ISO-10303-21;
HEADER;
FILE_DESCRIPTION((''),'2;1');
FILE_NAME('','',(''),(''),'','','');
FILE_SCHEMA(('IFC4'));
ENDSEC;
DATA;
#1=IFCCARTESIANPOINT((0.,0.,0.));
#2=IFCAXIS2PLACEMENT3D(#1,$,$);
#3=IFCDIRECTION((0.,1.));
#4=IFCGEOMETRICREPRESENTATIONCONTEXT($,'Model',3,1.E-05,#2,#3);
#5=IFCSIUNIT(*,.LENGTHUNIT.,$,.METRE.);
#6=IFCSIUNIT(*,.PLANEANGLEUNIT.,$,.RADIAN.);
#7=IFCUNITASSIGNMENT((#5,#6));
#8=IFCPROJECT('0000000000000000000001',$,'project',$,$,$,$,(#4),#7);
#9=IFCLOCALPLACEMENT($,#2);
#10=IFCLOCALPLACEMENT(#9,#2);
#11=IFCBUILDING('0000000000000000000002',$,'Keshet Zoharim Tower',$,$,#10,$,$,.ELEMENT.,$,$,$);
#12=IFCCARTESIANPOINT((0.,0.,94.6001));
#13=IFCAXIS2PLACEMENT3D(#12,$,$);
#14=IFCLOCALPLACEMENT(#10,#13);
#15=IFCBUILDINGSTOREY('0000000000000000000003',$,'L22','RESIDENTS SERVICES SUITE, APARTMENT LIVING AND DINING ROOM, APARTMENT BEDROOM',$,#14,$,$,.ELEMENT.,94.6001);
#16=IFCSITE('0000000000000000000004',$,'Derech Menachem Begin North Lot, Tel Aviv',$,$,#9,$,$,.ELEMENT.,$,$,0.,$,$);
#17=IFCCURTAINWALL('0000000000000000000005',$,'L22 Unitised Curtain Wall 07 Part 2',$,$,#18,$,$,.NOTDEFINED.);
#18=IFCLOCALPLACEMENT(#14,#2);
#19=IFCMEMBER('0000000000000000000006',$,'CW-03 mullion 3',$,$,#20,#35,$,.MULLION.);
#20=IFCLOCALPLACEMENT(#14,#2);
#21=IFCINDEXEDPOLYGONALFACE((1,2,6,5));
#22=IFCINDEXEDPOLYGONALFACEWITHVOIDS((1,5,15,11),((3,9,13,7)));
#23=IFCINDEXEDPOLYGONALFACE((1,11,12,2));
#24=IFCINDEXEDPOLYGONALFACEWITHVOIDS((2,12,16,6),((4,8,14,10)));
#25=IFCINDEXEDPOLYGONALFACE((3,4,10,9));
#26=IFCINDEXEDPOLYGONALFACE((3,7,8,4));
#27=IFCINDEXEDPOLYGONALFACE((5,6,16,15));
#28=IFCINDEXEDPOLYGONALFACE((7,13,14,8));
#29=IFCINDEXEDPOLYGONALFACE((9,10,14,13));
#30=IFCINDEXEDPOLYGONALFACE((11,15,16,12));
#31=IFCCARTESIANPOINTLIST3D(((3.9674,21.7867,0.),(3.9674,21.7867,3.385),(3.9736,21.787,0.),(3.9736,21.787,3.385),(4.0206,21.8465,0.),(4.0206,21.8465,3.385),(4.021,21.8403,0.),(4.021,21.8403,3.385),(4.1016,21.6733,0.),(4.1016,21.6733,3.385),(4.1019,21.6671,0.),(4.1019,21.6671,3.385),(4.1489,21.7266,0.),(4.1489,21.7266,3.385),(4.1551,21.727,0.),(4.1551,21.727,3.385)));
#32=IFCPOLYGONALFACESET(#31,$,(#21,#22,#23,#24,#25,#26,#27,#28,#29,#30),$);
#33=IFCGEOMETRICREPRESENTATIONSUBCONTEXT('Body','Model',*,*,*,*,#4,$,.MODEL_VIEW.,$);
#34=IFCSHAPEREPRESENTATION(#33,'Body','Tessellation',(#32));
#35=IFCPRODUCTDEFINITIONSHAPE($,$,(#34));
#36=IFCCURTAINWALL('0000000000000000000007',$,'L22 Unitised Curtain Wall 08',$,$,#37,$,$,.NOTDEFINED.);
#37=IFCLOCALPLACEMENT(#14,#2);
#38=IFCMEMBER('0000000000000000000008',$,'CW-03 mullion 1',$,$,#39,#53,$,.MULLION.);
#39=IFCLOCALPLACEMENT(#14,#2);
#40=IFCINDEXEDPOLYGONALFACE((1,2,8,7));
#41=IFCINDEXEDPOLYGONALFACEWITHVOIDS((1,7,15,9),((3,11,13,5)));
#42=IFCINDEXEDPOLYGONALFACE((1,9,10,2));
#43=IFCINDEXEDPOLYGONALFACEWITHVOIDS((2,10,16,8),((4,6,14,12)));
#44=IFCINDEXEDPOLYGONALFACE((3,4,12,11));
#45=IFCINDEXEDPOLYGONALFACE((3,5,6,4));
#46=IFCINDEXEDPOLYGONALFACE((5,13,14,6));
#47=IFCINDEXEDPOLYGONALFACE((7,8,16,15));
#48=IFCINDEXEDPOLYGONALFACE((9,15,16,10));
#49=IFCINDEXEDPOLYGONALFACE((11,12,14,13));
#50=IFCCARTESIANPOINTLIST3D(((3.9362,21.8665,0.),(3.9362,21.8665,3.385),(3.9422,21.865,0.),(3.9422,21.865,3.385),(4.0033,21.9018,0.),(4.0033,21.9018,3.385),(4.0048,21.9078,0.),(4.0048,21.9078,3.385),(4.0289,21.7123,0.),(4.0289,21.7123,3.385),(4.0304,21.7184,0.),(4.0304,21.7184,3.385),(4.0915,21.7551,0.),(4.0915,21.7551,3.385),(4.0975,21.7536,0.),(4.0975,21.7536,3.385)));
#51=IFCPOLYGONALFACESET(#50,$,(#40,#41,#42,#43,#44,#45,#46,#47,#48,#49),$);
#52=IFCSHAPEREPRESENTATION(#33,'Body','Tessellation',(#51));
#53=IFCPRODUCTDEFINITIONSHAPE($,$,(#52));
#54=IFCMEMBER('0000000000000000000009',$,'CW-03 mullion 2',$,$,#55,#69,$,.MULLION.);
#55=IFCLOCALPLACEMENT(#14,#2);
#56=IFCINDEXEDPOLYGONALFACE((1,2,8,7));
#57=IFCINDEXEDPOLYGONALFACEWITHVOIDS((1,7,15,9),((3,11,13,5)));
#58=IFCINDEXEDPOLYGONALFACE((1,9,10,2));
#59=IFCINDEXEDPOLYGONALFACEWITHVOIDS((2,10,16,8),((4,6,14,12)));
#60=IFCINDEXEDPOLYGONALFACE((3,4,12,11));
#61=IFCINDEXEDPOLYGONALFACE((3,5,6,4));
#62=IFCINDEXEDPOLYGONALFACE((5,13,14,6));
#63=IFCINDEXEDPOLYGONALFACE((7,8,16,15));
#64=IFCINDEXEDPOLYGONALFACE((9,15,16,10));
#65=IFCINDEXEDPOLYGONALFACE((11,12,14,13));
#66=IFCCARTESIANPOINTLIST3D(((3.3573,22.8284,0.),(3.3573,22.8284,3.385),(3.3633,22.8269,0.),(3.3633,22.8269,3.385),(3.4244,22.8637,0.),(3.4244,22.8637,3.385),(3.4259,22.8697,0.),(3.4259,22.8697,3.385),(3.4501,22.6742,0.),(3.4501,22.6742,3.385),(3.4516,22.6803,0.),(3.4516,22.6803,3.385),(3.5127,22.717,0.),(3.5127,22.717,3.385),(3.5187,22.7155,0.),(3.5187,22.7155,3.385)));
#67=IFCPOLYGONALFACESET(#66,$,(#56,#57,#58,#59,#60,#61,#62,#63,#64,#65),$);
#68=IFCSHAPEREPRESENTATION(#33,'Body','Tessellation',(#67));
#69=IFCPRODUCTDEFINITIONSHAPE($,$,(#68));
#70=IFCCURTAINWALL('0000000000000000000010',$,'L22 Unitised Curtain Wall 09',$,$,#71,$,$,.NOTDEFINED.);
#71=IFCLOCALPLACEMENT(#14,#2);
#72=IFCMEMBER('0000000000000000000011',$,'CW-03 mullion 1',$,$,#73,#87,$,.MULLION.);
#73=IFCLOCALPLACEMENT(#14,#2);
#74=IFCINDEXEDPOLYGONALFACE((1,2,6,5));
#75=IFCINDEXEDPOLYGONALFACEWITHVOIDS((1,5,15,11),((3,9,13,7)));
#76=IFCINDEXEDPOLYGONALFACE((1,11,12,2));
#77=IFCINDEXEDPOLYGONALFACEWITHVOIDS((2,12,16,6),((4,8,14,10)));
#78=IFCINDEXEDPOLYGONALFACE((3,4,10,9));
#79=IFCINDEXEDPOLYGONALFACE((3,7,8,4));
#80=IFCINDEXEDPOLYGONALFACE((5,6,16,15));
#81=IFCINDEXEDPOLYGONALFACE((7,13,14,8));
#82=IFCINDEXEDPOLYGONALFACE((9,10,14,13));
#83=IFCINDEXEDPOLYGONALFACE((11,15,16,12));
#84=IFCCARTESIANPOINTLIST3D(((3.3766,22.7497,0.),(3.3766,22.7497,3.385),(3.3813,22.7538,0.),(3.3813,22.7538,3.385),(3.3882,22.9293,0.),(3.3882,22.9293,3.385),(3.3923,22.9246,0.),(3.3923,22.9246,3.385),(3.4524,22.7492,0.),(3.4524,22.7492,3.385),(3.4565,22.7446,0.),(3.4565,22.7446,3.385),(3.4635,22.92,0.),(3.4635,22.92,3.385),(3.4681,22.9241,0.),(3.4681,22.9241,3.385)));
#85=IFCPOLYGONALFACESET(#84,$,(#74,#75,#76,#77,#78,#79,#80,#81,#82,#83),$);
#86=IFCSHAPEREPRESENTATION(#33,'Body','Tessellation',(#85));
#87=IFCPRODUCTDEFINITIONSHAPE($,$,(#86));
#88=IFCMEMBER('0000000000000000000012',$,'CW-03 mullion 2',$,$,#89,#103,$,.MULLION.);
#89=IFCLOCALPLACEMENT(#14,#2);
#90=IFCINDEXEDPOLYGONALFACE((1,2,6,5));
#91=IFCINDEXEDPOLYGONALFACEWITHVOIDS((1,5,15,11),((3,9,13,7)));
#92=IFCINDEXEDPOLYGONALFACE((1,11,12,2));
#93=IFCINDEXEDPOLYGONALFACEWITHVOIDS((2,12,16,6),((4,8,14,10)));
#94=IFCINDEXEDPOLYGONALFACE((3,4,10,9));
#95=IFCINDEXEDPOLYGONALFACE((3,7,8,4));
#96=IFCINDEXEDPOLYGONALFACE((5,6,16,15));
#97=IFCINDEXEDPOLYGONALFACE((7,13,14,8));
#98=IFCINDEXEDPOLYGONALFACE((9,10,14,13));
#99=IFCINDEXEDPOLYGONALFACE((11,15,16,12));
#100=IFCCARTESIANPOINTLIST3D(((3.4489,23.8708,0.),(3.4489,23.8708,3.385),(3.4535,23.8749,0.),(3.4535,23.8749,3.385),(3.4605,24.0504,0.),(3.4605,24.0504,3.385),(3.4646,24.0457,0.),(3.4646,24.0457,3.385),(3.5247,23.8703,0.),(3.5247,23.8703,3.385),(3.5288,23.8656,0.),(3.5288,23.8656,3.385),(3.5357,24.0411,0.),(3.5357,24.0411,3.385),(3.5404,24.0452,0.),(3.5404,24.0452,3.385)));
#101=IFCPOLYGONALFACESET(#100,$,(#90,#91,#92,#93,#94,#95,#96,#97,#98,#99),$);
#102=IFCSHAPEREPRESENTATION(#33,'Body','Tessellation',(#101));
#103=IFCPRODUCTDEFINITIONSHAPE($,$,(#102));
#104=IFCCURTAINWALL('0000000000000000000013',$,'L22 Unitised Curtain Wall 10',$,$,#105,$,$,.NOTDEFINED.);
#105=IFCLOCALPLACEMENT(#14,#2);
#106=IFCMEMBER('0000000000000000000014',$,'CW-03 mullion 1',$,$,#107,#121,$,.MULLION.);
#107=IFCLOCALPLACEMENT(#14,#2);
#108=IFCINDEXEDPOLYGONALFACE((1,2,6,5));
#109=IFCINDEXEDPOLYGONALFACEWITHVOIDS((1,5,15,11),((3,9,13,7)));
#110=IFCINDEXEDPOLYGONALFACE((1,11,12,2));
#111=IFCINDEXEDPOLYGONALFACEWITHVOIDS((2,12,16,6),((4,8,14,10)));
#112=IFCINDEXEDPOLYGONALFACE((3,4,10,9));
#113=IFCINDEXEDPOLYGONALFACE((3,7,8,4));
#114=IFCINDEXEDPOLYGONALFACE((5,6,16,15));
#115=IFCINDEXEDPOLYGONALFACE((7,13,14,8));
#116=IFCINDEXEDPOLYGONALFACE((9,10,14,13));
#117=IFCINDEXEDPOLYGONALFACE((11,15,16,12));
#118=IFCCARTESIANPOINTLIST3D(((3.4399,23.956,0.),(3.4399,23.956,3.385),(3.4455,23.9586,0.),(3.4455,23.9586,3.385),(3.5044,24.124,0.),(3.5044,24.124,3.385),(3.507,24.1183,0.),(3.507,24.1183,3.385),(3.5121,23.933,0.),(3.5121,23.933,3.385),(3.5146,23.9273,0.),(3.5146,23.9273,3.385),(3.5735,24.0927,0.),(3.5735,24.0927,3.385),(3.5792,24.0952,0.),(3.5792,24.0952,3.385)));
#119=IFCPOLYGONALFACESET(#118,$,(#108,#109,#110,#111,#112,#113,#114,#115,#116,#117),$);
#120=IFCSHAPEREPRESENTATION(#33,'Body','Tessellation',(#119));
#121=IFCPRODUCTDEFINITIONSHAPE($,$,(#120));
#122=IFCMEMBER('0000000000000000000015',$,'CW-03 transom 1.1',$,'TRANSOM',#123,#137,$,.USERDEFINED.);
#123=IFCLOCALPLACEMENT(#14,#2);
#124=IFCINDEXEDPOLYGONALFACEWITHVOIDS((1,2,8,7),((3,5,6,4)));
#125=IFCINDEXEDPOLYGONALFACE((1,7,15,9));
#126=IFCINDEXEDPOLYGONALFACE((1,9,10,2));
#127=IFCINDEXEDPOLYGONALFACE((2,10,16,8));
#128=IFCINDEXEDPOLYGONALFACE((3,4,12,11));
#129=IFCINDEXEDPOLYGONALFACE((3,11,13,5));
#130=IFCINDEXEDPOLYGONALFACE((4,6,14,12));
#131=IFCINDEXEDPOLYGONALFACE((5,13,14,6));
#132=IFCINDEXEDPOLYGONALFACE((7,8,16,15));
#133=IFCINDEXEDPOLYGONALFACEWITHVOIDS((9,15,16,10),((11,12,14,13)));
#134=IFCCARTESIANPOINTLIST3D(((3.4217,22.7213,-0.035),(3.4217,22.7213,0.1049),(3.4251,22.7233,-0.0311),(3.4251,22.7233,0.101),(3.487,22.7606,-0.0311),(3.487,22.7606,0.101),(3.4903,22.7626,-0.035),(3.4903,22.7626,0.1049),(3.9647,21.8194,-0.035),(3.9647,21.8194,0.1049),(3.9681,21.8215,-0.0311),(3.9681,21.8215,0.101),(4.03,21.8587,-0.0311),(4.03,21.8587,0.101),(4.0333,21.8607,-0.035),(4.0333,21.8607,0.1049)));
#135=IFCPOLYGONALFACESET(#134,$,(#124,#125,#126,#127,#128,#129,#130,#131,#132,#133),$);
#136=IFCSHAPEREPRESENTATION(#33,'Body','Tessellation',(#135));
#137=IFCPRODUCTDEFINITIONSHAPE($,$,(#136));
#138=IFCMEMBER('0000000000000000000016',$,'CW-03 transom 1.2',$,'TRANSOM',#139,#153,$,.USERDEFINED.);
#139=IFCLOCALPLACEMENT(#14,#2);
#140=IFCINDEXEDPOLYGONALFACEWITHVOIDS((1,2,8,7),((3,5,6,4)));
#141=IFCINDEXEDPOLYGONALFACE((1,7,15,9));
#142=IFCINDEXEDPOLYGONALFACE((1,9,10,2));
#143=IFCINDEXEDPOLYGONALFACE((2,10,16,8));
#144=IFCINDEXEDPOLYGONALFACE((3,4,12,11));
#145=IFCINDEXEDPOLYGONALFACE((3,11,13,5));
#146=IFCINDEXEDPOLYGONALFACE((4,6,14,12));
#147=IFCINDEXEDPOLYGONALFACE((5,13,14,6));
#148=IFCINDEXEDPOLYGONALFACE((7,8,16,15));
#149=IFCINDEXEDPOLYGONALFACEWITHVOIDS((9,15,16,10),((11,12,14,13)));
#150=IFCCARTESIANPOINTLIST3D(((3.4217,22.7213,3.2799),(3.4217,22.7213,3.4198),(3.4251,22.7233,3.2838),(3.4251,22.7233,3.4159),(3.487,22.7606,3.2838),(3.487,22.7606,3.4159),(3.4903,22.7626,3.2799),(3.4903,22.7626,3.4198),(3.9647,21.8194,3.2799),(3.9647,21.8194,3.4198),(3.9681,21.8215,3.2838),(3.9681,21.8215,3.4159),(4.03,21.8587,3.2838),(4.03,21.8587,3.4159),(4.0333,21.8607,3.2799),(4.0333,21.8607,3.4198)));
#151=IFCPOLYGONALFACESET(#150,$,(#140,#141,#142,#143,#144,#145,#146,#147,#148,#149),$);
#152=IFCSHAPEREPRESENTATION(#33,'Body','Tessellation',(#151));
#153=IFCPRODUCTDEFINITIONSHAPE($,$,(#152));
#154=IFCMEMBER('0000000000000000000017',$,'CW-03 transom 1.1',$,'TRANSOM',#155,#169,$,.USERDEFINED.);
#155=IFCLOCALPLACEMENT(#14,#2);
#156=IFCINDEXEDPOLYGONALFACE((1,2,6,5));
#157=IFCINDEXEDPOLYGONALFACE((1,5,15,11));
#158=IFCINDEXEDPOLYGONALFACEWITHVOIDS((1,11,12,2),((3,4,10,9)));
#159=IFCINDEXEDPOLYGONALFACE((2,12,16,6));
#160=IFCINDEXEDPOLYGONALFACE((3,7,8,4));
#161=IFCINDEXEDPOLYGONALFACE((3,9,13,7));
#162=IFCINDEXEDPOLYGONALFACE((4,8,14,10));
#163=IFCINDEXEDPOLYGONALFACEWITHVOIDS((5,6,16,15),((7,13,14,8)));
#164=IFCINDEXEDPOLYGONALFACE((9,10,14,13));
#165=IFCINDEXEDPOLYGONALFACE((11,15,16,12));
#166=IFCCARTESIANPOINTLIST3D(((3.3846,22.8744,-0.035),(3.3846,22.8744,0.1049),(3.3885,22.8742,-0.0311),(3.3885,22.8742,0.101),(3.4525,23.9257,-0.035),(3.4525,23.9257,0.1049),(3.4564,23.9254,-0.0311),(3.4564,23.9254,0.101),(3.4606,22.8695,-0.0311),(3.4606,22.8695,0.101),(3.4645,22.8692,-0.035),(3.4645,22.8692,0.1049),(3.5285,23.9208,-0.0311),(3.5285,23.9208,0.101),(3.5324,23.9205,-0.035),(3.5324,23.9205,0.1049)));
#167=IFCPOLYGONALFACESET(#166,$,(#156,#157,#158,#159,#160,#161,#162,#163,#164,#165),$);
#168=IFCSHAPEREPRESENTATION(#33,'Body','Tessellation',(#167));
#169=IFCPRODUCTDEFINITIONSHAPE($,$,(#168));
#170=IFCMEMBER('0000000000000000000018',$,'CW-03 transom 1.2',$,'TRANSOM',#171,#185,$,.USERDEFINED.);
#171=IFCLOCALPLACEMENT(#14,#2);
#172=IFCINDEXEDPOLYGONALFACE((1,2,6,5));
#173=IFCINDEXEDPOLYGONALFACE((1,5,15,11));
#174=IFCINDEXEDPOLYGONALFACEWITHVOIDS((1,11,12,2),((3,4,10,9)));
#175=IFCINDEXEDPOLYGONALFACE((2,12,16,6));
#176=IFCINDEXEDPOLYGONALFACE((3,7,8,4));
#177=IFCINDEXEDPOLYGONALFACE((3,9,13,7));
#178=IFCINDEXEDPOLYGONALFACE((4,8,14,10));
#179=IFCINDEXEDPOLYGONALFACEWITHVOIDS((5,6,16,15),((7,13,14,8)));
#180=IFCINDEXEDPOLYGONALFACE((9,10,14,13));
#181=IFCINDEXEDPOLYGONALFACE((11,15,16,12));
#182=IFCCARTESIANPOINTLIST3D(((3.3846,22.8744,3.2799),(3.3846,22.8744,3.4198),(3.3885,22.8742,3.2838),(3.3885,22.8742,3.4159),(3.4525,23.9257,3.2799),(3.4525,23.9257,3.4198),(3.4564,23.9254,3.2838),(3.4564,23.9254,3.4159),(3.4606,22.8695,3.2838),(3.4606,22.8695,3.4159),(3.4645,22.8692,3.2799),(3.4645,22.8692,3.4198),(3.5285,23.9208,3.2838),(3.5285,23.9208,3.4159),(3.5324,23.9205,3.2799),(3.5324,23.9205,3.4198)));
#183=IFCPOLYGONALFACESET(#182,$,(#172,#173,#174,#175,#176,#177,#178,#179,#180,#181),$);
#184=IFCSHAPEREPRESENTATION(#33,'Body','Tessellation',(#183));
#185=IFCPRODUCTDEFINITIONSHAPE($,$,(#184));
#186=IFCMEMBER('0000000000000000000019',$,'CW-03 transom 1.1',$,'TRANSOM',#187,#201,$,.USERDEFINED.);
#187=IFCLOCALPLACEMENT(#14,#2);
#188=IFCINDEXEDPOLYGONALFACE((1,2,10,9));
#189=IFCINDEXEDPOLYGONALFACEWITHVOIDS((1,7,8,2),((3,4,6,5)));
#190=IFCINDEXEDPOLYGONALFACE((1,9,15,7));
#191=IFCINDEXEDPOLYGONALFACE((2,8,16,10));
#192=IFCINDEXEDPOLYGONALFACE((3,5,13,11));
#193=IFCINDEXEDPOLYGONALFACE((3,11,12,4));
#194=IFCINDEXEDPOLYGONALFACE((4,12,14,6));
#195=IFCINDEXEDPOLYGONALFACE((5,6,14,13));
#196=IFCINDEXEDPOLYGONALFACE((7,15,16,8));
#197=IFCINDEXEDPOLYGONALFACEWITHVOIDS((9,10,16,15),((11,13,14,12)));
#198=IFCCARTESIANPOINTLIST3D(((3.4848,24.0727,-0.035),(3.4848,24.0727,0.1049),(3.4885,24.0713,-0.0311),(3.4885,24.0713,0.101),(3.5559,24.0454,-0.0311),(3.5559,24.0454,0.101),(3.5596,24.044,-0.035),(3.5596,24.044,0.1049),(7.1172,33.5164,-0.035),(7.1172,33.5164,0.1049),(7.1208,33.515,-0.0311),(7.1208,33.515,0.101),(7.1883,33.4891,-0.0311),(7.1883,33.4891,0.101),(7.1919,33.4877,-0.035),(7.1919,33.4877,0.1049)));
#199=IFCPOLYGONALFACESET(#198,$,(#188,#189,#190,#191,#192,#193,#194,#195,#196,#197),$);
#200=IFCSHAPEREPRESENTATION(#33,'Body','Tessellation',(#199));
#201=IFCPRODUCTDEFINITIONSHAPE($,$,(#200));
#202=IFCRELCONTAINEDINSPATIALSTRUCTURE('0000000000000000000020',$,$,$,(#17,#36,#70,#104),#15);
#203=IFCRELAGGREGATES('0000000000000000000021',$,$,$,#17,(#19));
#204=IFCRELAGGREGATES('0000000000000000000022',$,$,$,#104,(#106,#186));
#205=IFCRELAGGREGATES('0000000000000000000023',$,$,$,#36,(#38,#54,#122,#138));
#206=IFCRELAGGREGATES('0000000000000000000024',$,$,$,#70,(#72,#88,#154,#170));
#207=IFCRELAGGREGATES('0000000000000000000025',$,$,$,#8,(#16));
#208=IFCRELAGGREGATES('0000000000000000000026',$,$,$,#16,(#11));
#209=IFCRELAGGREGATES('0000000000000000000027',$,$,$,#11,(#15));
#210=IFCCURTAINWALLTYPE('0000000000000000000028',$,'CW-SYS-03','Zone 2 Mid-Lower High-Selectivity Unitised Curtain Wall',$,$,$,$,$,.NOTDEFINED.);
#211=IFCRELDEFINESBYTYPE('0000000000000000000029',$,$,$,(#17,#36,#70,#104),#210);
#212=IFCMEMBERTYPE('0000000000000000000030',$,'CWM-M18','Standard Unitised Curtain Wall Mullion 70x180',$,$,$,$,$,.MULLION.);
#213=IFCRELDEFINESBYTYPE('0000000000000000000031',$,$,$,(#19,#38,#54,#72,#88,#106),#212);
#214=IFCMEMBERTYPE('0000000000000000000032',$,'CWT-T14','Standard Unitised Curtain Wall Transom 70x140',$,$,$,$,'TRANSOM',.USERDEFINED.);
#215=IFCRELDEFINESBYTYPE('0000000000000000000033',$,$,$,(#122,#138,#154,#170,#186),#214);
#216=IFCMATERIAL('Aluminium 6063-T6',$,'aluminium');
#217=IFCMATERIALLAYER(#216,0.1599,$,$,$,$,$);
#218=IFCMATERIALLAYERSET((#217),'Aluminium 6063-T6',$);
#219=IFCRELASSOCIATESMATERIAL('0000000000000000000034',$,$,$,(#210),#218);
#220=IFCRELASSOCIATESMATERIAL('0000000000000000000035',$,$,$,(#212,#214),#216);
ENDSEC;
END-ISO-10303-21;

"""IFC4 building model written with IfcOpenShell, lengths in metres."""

from ifc_helpers import new_model, si_unit, direction, frame, origin, origin_2d, place, context, subcontext, project, spatial, hollow_rectangle, extrude, material, layer, layer_set, material_profile, profile_set, type_object, element, aggregate, save


model = new_model("IFC4")

# Units and contexts
model_context = context("Model", 3, precision=1e-05, world=origin(), true_north=direction((0.0, 1.0)))
body_context = subcontext(model_context, "Body", "Model", "MODEL_VIEW")
ifc_project = project(units=[si_unit("LENGTHUNIT", "METRE"), si_unit("PLANEANGLEUNIT", "RADIAN")], contexts=[model_context])

# Site, building, storey
site_placement = place(None, origin())
site = spatial("IfcSite", under=ifc_project, at=site_placement, Name="Derech Menachem Begin North Lot, Tel Aviv", CompositionType="ELEMENT", RefElevation=0.0)
building_placement = place(site_placement, origin())
building = spatial("IfcBuilding", under=site, at=building_placement, Name="Keshet Zoharim Tower", CompositionType="ELEMENT")
storey_placement = place(building_placement, frame((0.0, 0.0, 94.6001)))
storey = spatial("IfcBuildingStorey", under=building, at=storey_placement, Name="L22", Description="RESIDENTS SERVICES SUITE, APARTMENT LIVING AND DINING ROOM, APARTMENT BEDROOM", CompositionType="ELEMENT", Elevation=94.6001)

# Curtain wall, member
ifc_material_1 = material(Name="Aluminium 6063-T6", Category="aluminium")
ifc_layer_1 = layer(ifc_material_1, 0.1599)
ifc_layer_set_1 = layer_set([ifc_layer_1], Name="Aluminium 6063-T6")
curtain_wall_type = type_object("IfcCurtainWallType", Name="CW-SYS-03", Description="Zone 2 Mid-Lower High-Selectivity Unitised Curtain Wall", PredefinedType="NOTDEFINED", material=ifc_layer_set_1)
curtain_wall_1_placement = place(storey_placement, origin())
curtain_wall_1 = element("IfcCurtainWall", 1, at=curtain_wall_1_placement, inside=storey, type_object=curtain_wall_type, Name="L22 Unitised Curtain Wall 07 Part 2", PredefinedType="NOTDEFINED")
ifc_material_profile_1 = material_profile(ifc_material_1, hollow_rectangle(XDim=0.0801, YDim=0.1799, WallThickness=0.0044, at=origin_2d()), Name="MUL-80x180")
ifc_profile_set_1 = profile_set([ifc_material_profile_1], Name="Aluminium 6063-T6")
member_type_1 = type_object("IfcMemberType", Name="CWM-M18", Description="Standard Unitised Curtain Wall Mullion 70x180", PredefinedType="MULLION", material=ifc_profile_set_1)
member_1_placement = place(storey_placement, frame((4.0613, 21.7568, 0.0), z_axis=(0.0, 0.0, 1.0), x_axis=(-0.664364, -0.747409, 0.0)))
member_1 = element("IfcMember", 2, at=member_1_placement, type_object=member_type_1, Name="CW-03 mullion 3", PredefinedType="MULLION", context=body_context, shape_type="SweptSolid", body=[
    extrude(hollow_rectangle(XDim=0.0801, YDim=0.1799, WallThickness=0.0044, at=origin_2d()), origin(), (0.0, 0.0, 1.0), 3.385),
])
aggregate(curtain_wall_1, [member_1])

# Curtain walls, members
curtain_wall_2_placement = place(storey_placement, origin())
curtain_wall_2 = element("IfcCurtainWall", 3, at=curtain_wall_2_placement, inside=storey, type_object=curtain_wall_type, Name="L22 Unitised Curtain Wall 08", PredefinedType="NOTDEFINED")
member_2_placement = place(storey_placement, frame((4.0168, 21.8101, 0.0), z_axis=(0.0, 0.0, 1.0), x_axis=(-0.856826, -0.515605, 0.0)))
member_2 = element("IfcMember", 4, at=member_2_placement, type_object=member_type_1, Name="CW-03 mullion 1", PredefinedType="MULLION", context=body_context, shape_type="SweptSolid", body=[
    extrude(hollow_rectangle(XDim=0.0801, YDim=0.1799, WallThickness=0.0044, at=origin_2d()), origin(), (0.0, 0.0, 1.0), 3.385),
])
member_3_placement = place(storey_placement, frame((3.438, 22.772, 0.0), z_axis=(0.0, 0.0, 1.0), x_axis=(-0.856826, -0.515605, 0.0)))
member_3 = element("IfcMember", 5, at=member_3_placement, type_object=member_type_1, Name="CW-03 mullion 2", PredefinedType="MULLION", context=body_context, shape_type="SweptSolid", body=[
    extrude(hollow_rectangle(XDim=0.0801, YDim=0.1799, WallThickness=0.0044, at=origin_2d()), origin(), (0.0, 0.0, 1.0), 3.385),
])
curtain_wall_3_placement = place(storey_placement, origin())
curtain_wall_3 = element("IfcCurtainWall", 6, at=curtain_wall_3_placement, inside=storey, type_object=curtain_wall_type, Name="L22 Unitised Curtain Wall 09", PredefinedType="NOTDEFINED")
member_4_placement = place(storey_placement, frame((3.4224, 22.8369, 0.0), z_axis=(0.0, 0.0, 1.0), x_axis=(-0.997917, 0.064517, 0.0)))
member_4 = element("IfcMember", 7, at=member_4_placement, type_object=member_type_1, Name="CW-03 mullion 1", PredefinedType="MULLION", context=body_context, shape_type="SweptSolid", body=[
    extrude(hollow_rectangle(XDim=0.0801, YDim=0.1799, WallThickness=0.0044, at=origin_2d()), origin(), (0.0, 0.0, 1.0), 3.385),
])
member_5_placement = place(storey_placement, frame((3.4946, 23.958, 0.0), z_axis=(0.0, 0.0, 1.0), x_axis=(-0.997917, 0.064517, 0.0)))
member_5 = element("IfcMember", 8, at=member_5_placement, type_object=member_type_1, Name="CW-03 mullion 2", PredefinedType="MULLION", context=body_context, shape_type="SweptSolid", body=[
    extrude(hollow_rectangle(XDim=0.0801, YDim=0.1799, WallThickness=0.0044, at=origin_2d()), origin(), (0.0, 0.0, 1.0), 3.385),
])

# Curtain wall, member
curtain_wall_4_placement = place(storey_placement, origin())
curtain_wall_4 = element("IfcCurtainWall", 9, at=curtain_wall_4_placement, inside=storey, type_object=curtain_wall_type, Name="L22 Unitised Curtain Wall 10", PredefinedType="NOTDEFINED")
member_6_placement = place(storey_placement, frame((3.5095, 24.0256, 0.0), z_axis=(0.0, 0.0, 1.0), x_axis=(-0.933341, 0.35899, 0.0)))
member_6 = element("IfcMember", 10, at=member_6_placement, type_object=member_type_1, Name="CW-03 mullion 1", PredefinedType="MULLION", context=body_context, shape_type="SweptSolid", body=[
    extrude(hollow_rectangle(XDim=0.0801, YDim=0.1799, WallThickness=0.0044, at=origin_2d()), origin(), (0.0, 0.0, 1.0), 3.385),
])

# Members
ifc_material_profile_2 = material_profile(ifc_material_1, hollow_rectangle(XDim=0.0801, YDim=0.1399, WallThickness=0.0039, at=origin_2d()), Name="TRN-80x140")
ifc_profile_set_2 = profile_set([ifc_material_profile_2], Name="Aluminium 6063-T6")
member_type_2 = type_object("IfcMemberType", Name="CWT-T14", Description="Standard Unitised Curtain Wall Transom 70x140", ElementType="TRANSOM", PredefinedType="USERDEFINED", material=ifc_profile_set_2)
member_7_placement = place(storey_placement, frame((3.999, 21.8401, 0.0349), z_axis=(-0.515791, 0.856714, 0.0), x_axis=(-0.856714, -0.515791, 0.0)))
member_7 = element("IfcMember", 11, at=member_7_placement, type_object=member_type_2, Name="CW-03 transom 1.1", ObjectType="TRANSOM", PredefinedType="USERDEFINED", context=body_context, shape_type="SweptSolid", body=[
    extrude(hollow_rectangle(XDim=0.0801, YDim=0.1399, WallThickness=0.0039, at=origin_2d()), origin(), (0.0, 0.0, 1.0), 1.0527),
])
member_8_placement = place(storey_placement, frame((3.999, 21.8401, 3.3499), z_axis=(-0.515791, 0.856714, 0.0), x_axis=(-0.856714, -0.515791, 0.0)))
member_8 = element("IfcMember", 12, at=member_8_placement, type_object=member_type_2, Name="CW-03 transom 1.2", ObjectType="TRANSOM", PredefinedType="USERDEFINED", context=body_context, shape_type="SweptSolid", body=[
    extrude(hollow_rectangle(XDim=0.0801, YDim=0.1399, WallThickness=0.0039, at=origin_2d()), origin(), (0.0, 0.0, 1.0), 1.0527),
])
member_9_placement = place(storey_placement, frame((3.4246, 22.8718, 0.0349), z_axis=(0.064427, 0.997922, 0.0), x_axis=(-0.997922, 0.064427, 0.0)))
member_9 = element("IfcMember", 13, at=member_9_placement, type_object=member_type_2, Name="CW-03 transom 1.1", ObjectType="TRANSOM", PredefinedType="USERDEFINED", context=body_context, shape_type="SweptSolid", body=[
    extrude(hollow_rectangle(XDim=0.0801, YDim=0.1399, WallThickness=0.0039, at=origin_2d()), origin(), (0.0, 0.0, 1.0), 1.0535),
])
member_10_placement = place(storey_placement, frame((3.4246, 22.8718, 3.3499), z_axis=(0.064427, 0.997922, 0.0), x_axis=(-0.997922, 0.064427, 0.0)))
member_10 = element("IfcMember", 14, at=member_10_placement, type_object=member_type_2, Name="CW-03 transom 1.2", ObjectType="TRANSOM", PredefinedType="USERDEFINED", context=body_context, shape_type="SweptSolid", body=[
    extrude(hollow_rectangle(XDim=0.0801, YDim=0.1399, WallThickness=0.0039, at=origin_2d()), origin(), (0.0, 0.0, 1.0), 1.0535),
])
member_11_placement = place(storey_placement, frame((3.5222, 24.0583, 0.0349), z_axis=(0.358994, 0.93334, 0.0), x_axis=(-0.93334, 0.358994, 0.0)))
member_11 = element("IfcMember", 15, at=member_11_placement, type_object=member_type_2, Name="CW-03 transom 1.1", ObjectType="TRANSOM", PredefinedType="USERDEFINED", context=body_context, shape_type="SweptSolid", body=[
    extrude(hollow_rectangle(XDim=0.0801, YDim=0.1399, WallThickness=0.0039, at=origin_2d()), origin(), (0.0, 0.0, 1.0), 10.1182),
])
aggregate(curtain_wall_4, [member_6, member_11])

aggregate(curtain_wall_2, [member_2, member_3, member_7, member_8])
aggregate(curtain_wall_3, [member_4, member_5, member_9, member_10])

save(model, "model.ifc")
